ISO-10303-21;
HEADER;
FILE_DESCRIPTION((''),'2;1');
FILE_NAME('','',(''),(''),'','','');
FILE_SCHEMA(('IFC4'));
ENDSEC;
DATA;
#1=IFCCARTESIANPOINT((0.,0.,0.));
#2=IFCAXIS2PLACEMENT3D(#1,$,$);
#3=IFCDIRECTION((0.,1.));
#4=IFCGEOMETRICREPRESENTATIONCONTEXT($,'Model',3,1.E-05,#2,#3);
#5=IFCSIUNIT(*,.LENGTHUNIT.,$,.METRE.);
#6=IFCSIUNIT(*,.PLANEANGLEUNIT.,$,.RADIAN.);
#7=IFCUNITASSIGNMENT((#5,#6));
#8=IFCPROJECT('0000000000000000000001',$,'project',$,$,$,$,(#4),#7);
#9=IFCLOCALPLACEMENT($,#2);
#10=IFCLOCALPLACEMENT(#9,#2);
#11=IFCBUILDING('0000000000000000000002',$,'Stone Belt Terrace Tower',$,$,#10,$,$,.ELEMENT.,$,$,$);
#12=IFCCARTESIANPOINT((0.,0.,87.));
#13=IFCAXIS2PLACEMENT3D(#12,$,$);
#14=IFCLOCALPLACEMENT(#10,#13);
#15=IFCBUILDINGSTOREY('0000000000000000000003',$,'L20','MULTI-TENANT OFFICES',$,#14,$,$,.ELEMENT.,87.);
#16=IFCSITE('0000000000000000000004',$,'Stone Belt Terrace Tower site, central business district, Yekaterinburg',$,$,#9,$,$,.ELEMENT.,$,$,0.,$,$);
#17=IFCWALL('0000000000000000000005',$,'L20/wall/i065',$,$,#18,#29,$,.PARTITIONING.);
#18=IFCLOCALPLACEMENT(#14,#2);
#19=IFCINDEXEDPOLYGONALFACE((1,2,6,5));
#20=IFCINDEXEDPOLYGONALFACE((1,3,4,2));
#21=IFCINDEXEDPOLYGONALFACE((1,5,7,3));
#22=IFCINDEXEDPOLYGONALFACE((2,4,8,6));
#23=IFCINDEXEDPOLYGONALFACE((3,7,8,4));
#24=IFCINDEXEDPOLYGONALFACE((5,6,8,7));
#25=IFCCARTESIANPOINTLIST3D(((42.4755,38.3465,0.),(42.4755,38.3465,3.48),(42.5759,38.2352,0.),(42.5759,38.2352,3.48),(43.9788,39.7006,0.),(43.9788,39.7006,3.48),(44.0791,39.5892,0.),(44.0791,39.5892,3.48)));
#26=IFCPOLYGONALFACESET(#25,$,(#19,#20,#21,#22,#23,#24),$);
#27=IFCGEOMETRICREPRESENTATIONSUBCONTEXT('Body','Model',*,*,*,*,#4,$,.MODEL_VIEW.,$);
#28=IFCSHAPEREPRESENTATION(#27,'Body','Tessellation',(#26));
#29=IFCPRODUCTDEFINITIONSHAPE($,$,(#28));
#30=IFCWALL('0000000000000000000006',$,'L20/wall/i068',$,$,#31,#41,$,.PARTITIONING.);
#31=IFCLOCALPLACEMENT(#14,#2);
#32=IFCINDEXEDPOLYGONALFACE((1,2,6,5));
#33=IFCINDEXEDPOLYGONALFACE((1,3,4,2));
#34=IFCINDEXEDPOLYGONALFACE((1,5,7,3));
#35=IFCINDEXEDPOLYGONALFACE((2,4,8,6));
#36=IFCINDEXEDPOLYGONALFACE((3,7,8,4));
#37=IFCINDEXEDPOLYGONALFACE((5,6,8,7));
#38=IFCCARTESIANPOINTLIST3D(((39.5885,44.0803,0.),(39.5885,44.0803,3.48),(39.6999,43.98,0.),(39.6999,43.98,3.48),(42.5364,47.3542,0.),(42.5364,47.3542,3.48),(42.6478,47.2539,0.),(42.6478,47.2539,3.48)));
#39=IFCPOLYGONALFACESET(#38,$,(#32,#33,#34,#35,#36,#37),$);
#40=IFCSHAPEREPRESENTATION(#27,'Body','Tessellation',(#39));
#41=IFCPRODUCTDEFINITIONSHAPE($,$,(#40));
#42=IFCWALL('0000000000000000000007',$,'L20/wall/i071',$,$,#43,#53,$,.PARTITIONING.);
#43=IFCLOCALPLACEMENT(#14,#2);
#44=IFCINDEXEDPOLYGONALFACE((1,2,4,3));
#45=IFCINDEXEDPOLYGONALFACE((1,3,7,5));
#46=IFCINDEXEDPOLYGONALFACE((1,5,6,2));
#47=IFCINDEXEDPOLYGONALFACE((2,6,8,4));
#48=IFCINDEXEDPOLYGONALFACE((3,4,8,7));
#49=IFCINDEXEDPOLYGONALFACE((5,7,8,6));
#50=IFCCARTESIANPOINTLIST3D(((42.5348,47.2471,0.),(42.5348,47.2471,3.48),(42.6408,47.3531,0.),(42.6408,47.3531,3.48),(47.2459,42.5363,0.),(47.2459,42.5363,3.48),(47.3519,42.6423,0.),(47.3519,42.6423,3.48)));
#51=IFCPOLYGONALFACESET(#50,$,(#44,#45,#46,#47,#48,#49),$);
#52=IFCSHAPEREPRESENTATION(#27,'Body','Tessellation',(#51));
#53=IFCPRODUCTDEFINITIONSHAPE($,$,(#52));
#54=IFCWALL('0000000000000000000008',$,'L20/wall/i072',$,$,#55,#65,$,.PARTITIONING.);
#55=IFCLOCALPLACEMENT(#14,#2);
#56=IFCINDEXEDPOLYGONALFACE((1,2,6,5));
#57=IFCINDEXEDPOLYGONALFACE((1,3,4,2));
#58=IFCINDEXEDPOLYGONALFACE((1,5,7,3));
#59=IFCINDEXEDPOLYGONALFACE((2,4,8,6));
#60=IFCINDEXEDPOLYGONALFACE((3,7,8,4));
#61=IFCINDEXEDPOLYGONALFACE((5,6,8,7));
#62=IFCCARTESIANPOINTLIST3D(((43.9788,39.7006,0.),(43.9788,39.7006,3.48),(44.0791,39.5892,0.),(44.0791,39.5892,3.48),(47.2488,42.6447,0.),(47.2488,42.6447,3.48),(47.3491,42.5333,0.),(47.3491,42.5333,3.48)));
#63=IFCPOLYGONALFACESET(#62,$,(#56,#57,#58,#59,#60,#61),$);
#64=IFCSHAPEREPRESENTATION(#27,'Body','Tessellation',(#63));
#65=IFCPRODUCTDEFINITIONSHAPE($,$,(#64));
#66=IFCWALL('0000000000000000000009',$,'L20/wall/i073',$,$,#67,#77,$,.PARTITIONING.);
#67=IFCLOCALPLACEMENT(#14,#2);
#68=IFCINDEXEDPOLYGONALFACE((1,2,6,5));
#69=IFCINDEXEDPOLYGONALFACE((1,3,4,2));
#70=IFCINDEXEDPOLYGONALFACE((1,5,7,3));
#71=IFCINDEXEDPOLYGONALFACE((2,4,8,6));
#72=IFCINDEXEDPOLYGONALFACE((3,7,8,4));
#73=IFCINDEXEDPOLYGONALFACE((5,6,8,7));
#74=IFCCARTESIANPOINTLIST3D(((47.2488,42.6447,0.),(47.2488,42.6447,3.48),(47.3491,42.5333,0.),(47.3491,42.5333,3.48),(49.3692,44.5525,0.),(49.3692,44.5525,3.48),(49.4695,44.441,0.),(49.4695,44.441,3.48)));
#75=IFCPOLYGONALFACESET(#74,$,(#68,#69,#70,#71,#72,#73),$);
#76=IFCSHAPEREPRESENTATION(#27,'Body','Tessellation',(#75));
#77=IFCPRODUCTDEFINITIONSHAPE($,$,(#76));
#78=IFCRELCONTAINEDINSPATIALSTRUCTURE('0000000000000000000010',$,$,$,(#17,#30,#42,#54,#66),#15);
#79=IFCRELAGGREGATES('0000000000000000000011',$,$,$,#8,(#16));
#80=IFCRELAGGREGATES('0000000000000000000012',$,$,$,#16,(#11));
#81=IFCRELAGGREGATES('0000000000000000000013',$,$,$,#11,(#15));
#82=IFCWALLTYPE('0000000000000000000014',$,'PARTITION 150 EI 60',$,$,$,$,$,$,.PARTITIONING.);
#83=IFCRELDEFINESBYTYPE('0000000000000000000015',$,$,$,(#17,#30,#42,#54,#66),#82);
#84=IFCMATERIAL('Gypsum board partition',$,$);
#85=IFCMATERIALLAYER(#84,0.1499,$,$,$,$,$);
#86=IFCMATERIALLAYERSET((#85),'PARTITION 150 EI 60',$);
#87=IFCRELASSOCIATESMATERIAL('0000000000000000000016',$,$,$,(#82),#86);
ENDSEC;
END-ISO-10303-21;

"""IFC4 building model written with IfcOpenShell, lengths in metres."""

from ifc_helpers import new_model, si_unit, direction, frame, frame_2d, origin, place, context, subcontext, project, spatial, rectangle, extrude, material, layer, layer_set, type_object, element, save


model = new_model("IFC4")

# Units and contexts
model_context = context("Model", 3, precision=1e-05, world=origin(), true_north=direction((0.0, 1.0)))
body_context = subcontext(model_context, "Body", "Model", "MODEL_VIEW")
ifc_project = project(units=[si_unit("LENGTHUNIT", "METRE"), si_unit("PLANEANGLEUNIT", "RADIAN")], contexts=[model_context])

# Site, building, storey
site_placement = place(None, origin())
site = spatial("IfcSite", under=ifc_project, at=site_placement, Name="Stone Belt Terrace Tower site, central business district, Yekaterinburg", CompositionType="ELEMENT", RefElevation=0.0)
building_placement = place(site_placement, origin())
building = spatial("IfcBuilding", under=site, at=building_placement, Name="Stone Belt Terrace Tower", CompositionType="ELEMENT")
storey_placement = place(building_placement, frame((0.0, 0.0, 87.0)))
storey = spatial("IfcBuildingStorey", under=building, at=storey_placement, Name="L20", Description="MULTI-TENANT OFFICES", CompositionType="ELEMENT", Elevation=87.0)

# Shared definitions
ifc_material_1 = material(Name="Gypsum board partition")
ifc_layer_1 = layer(ifc_material_1, 0.1499)
ifc_layer_set_1 = layer_set([ifc_layer_1], Name="PARTITION 150 EI 60")
wall_type = type_object("IfcWallType", Name="PARTITION 150 EI 60", PredefinedType="PARTITIONING", material=ifc_layer_set_1)

# Walls
wall_1_placement = place(storey_placement, frame((44.0291, 39.645, 0.0), z_axis=(0.0, 0.0, 1.0), x_axis=(-0.743012, -0.669278, 0.0)))
element("IfcWall", 1, at=wall_1_placement, inside=storey, type_object=wall_type, Name="L20/wall/i065", PredefinedType="PARTITIONING", context=body_context, shape_type="SweptSolid", body=[
    extrude(rectangle(XDim=2.0232, YDim=0.1499, at=frame_2d((1.0117, 0.0))), origin(), (0.0, 0.0, 1.0), 3.48),
])
wall_2_placement = place(storey_placement, frame((42.592, 47.304, 0.0), z_axis=(0.0, 0.0, 1.0), x_axis=(-0.669148, -0.743129, 0.0)))
element("IfcWall", 2, at=wall_2_placement, inside=storey, type_object=wall_type, Name="L20/wall/i068", PredefinedType="PARTITIONING", context=body_context, shape_type="SweptSolid", body=[
    extrude(rectangle(XDim=4.4055, YDim=0.1499, at=frame_2d((2.2026, 0.0))), origin(), (0.0, 0.0, 1.0), 3.48),
])
wall_3_placement = place(storey_placement, frame((42.5879, 47.3, 0.0), z_axis=(0.0, 0.0, 1.0), x_axis=(0.707125, -0.707088, 0.0)))
element("IfcWall", 3, at=wall_3_placement, inside=storey, type_object=wall_type, Name="L20/wall/i071", PredefinedType="PARTITIONING", context=body_context, shape_type="SweptSolid", body=[
    extrude(rectangle(XDim=6.6624, YDim=0.1499, at=frame_2d((3.3311, 0.0))), origin(), (0.0, 0.0, 1.0), 3.48),
])
wall_4_placement = place(storey_placement, frame((47.2991, 42.5891, 0.0), z_axis=(0.0, 0.0, 1.0), x_axis=(-0.743173, -0.6691, 0.0)))
element("IfcWall", 4, at=wall_4_placement, inside=storey, type_object=wall_type, Name="L20/wall/i072", PredefinedType="PARTITIONING", context=body_context, shape_type="SweptSolid", body=[
    extrude(rectangle(XDim=4.4001, YDim=0.1499, at=frame_2d((2.2002, 0.0))), origin(), (0.0, 0.0, 1.0), 3.48),
])
wall_5_placement = place(storey_placement, frame((49.4194, 44.4968, 0.0), z_axis=(0.0, 0.0, 1.0), x_axis=(-0.743401, -0.668846, 0.0)))
element("IfcWall", 5, at=wall_5_placement, inside=storey, type_object=wall_type, Name="L20/wall/i073", PredefinedType="PARTITIONING", context=body_context, shape_type="SweptSolid", body=[
    extrude(rectangle(XDim=2.8523, YDim=0.1499, at=frame_2d((1.4263, 0.0))), origin(), (0.0, 0.0, 1.0), 3.48),
])

save(model, "model.ifc")
